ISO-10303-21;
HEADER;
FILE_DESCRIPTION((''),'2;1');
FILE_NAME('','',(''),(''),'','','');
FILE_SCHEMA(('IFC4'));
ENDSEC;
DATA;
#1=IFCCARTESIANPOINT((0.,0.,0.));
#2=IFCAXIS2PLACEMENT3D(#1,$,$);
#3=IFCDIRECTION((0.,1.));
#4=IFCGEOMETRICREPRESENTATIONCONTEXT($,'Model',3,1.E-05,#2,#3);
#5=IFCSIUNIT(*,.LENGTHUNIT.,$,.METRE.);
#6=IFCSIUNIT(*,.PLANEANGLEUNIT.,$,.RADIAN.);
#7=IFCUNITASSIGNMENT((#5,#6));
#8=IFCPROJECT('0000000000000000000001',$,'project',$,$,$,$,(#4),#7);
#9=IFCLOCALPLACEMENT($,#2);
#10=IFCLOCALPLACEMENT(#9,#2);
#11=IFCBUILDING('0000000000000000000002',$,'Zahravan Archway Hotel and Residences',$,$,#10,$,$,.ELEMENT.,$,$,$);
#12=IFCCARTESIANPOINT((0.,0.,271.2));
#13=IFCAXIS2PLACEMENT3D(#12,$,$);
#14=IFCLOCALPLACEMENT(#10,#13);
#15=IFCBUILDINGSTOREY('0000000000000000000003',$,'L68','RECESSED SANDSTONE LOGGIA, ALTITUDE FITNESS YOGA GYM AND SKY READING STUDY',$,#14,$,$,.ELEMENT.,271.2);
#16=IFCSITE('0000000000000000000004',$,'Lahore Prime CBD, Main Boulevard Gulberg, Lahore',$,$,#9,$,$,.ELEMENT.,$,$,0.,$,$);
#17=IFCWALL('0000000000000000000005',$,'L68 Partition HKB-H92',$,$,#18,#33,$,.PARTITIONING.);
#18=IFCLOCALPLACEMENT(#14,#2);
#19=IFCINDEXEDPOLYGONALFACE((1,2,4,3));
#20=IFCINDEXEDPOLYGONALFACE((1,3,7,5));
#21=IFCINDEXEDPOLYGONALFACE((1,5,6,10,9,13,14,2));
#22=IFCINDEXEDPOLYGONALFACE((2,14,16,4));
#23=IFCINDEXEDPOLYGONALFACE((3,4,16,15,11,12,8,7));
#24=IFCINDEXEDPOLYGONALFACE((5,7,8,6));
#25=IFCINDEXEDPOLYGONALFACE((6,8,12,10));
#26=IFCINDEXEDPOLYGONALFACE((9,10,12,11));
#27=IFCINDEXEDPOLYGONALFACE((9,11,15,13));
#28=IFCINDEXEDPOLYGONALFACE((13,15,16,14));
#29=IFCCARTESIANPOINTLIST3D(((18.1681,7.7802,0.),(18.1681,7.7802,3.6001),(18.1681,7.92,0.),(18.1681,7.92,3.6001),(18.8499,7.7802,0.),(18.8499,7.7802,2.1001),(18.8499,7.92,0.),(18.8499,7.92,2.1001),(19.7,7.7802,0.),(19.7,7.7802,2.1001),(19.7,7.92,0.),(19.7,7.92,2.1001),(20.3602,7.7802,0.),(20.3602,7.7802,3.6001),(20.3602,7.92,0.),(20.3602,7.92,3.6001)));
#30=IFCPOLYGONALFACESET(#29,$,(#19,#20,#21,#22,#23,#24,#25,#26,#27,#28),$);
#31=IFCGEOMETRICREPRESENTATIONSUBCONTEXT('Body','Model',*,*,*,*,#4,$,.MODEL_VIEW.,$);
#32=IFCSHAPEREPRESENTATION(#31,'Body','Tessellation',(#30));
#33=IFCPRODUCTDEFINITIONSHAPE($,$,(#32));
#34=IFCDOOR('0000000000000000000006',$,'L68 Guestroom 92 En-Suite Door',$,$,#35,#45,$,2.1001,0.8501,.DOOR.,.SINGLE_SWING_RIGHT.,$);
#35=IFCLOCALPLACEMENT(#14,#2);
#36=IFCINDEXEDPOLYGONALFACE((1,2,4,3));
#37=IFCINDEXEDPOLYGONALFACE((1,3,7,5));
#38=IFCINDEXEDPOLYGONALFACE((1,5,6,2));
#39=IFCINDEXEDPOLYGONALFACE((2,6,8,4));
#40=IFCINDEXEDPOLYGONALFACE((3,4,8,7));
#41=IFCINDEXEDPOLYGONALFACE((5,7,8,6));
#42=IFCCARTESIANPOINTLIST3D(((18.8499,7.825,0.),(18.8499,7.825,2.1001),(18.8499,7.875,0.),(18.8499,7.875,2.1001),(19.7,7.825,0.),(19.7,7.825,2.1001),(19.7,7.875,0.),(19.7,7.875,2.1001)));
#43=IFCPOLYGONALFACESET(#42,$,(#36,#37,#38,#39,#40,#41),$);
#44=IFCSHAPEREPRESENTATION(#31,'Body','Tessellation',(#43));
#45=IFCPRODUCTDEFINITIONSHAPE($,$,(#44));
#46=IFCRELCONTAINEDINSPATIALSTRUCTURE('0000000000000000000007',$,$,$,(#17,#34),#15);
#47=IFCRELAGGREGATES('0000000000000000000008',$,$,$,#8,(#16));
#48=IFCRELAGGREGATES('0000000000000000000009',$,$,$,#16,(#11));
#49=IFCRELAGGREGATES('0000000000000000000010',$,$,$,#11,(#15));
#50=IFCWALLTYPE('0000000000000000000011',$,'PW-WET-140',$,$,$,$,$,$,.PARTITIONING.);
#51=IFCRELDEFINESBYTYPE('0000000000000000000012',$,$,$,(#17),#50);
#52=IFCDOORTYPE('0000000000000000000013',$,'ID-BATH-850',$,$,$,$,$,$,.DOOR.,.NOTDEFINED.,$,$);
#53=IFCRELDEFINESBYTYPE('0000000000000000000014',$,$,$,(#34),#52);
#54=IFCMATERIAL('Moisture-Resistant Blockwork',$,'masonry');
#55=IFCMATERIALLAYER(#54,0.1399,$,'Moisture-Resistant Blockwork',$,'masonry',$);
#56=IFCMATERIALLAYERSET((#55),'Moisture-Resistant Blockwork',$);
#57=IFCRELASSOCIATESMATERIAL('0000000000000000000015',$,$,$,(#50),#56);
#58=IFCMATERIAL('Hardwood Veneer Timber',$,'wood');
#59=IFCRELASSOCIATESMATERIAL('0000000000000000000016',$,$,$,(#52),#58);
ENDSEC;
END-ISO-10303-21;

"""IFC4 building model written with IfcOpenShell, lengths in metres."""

from ifc_helpers import new_model, si_unit, direction, frame, frame_2d, origin, place, context, subcontext, project, spatial, rectangle, extrude, source, transform, mapped, material, layer, layer_set, type_object, type_shapes, element, fill, save


model = new_model("IFC4")

# Units and contexts
model_context = context("Model", 3, precision=1e-05, world=origin(), true_north=direction((0.0, 1.0)))
body_context = subcontext(model_context, "Body", "Model", "MODEL_VIEW")
ifc_project = project(units=[si_unit("LENGTHUNIT", "METRE"), si_unit("PLANEANGLEUNIT", "RADIAN")], contexts=[model_context])

# Site, building, storey
site_placement = place(None, origin())
site = spatial("IfcSite", under=ifc_project, at=site_placement, Name="Lahore Prime CBD, Main Boulevard Gulberg, Lahore", CompositionType="ELEMENT", RefElevation=0.0)
building_placement = place(site_placement, origin())
building = spatial("IfcBuilding", under=site, at=building_placement, Name="Zahravan Archway Hotel and Residences", CompositionType="ELEMENT")
storey_placement = place(building_placement, frame((0.0, 0.0, 271.2)))
storey = spatial("IfcBuildingStorey", under=building, at=storey_placement, Name="L68", Description="RECESSED SANDSTONE LOGGIA, ALTITUDE FITNESS YOGA GYM AND SKY READING STUDY", CompositionType="ELEMENT", Elevation=271.2)

# Shared definitions
ifc_material_1 = material(Name="Hardwood Veneer Timber", Category="wood")

# Shared definitions
ifc_material_2 = material(Name="Moisture-Resistant Blockwork", Category="masonry")
ifc_layer_1 = layer(ifc_material_2, 0.1399, Name="Moisture-Resistant Blockwork", Category="masonry")
ifc_layer_set_1 = layer_set([ifc_layer_1], Name="Moisture-Resistant Blockwork")
wall_type_1 = type_object("IfcWallType", Name="PW-WET-140", PredefinedType="PARTITIONING", material=ifc_layer_set_1)

# Wall, opening, door
wall_1_placement = place(storey_placement, frame((18.168, 7.8501, 0.0), z_axis=(0.0, 0.0, 1.0), x_axis=(1.0, 0.0, 0.0)))
wall_1 = element("IfcWall", 1, at=wall_1_placement, inside=storey, type_object=wall_type_1, Name="L68 Partition HKB-H92", PredefinedType="PARTITIONING", context=body_context, shape_type="SweptSolid", body=[
    extrude(rectangle(XDim=2.1921, YDim=0.1399, at=frame_2d((1.0962, 0.0))), origin(), (0.0, 0.0, 1.0), 3.6001),
])
opening_1_placement = place(wall_1_placement, frame((0.6819, 0.0, 0.0)))
opening_1 = element("IfcOpeningElement", 2, at=opening_1_placement, cuts=wall_1, PredefinedType="OPENING", context=body_context, shape_type="SweptSolid", body=[
    extrude(rectangle(XDim=0.8501, YDim=2.1001, at=frame_2d((0.425, 1.05))), frame((0.0, 0.0801, 0.0), z_axis=(0.0, -1.0, 0.0), x_axis=(1.0, 0.0, 0.0)), (0.0, 0.0, 1.0), 0.1599),
])
door_type_1 = type_object("IfcDoorType", Name="ID-BATH-850", OperationType="NOTDEFINED", PredefinedType="DOOR", material=ifc_material_1)
shared_shape_1 = source(origin(), body_context, "Body", "SweptSolid", [
    extrude(rectangle(XDim=0.8501, YDim=2.1001, at=frame_2d((0.425, 1.05))), frame((0.0, 0.0249, 0.0), z_axis=(0.0, -1.0, 0.0), x_axis=(1.0, 0.0, 0.0)), (0.0, 0.0, 1.0), 0.05),
])
type_shapes(door_type_1, [shared_shape_1])
door_1_placement = place(opening_1_placement, origin())
door_1 = element("IfcDoor", 3, at=door_1_placement, inside=storey, type_object=door_type_1, Name="L68 Guestroom 92 En-Suite Door", OperationType="SINGLE_SWING_RIGHT", OverallHeight=2.1001, OverallWidth=0.8501, PredefinedType="DOOR", context=body_context, shape_type="MappedRepresentation", body=[
    mapped(shared_shape_1, transform((0.0, 0.0, 0.0), scale=1.0)),
])
fill(opening_1, door_1)

save(model, "model.ifc")
